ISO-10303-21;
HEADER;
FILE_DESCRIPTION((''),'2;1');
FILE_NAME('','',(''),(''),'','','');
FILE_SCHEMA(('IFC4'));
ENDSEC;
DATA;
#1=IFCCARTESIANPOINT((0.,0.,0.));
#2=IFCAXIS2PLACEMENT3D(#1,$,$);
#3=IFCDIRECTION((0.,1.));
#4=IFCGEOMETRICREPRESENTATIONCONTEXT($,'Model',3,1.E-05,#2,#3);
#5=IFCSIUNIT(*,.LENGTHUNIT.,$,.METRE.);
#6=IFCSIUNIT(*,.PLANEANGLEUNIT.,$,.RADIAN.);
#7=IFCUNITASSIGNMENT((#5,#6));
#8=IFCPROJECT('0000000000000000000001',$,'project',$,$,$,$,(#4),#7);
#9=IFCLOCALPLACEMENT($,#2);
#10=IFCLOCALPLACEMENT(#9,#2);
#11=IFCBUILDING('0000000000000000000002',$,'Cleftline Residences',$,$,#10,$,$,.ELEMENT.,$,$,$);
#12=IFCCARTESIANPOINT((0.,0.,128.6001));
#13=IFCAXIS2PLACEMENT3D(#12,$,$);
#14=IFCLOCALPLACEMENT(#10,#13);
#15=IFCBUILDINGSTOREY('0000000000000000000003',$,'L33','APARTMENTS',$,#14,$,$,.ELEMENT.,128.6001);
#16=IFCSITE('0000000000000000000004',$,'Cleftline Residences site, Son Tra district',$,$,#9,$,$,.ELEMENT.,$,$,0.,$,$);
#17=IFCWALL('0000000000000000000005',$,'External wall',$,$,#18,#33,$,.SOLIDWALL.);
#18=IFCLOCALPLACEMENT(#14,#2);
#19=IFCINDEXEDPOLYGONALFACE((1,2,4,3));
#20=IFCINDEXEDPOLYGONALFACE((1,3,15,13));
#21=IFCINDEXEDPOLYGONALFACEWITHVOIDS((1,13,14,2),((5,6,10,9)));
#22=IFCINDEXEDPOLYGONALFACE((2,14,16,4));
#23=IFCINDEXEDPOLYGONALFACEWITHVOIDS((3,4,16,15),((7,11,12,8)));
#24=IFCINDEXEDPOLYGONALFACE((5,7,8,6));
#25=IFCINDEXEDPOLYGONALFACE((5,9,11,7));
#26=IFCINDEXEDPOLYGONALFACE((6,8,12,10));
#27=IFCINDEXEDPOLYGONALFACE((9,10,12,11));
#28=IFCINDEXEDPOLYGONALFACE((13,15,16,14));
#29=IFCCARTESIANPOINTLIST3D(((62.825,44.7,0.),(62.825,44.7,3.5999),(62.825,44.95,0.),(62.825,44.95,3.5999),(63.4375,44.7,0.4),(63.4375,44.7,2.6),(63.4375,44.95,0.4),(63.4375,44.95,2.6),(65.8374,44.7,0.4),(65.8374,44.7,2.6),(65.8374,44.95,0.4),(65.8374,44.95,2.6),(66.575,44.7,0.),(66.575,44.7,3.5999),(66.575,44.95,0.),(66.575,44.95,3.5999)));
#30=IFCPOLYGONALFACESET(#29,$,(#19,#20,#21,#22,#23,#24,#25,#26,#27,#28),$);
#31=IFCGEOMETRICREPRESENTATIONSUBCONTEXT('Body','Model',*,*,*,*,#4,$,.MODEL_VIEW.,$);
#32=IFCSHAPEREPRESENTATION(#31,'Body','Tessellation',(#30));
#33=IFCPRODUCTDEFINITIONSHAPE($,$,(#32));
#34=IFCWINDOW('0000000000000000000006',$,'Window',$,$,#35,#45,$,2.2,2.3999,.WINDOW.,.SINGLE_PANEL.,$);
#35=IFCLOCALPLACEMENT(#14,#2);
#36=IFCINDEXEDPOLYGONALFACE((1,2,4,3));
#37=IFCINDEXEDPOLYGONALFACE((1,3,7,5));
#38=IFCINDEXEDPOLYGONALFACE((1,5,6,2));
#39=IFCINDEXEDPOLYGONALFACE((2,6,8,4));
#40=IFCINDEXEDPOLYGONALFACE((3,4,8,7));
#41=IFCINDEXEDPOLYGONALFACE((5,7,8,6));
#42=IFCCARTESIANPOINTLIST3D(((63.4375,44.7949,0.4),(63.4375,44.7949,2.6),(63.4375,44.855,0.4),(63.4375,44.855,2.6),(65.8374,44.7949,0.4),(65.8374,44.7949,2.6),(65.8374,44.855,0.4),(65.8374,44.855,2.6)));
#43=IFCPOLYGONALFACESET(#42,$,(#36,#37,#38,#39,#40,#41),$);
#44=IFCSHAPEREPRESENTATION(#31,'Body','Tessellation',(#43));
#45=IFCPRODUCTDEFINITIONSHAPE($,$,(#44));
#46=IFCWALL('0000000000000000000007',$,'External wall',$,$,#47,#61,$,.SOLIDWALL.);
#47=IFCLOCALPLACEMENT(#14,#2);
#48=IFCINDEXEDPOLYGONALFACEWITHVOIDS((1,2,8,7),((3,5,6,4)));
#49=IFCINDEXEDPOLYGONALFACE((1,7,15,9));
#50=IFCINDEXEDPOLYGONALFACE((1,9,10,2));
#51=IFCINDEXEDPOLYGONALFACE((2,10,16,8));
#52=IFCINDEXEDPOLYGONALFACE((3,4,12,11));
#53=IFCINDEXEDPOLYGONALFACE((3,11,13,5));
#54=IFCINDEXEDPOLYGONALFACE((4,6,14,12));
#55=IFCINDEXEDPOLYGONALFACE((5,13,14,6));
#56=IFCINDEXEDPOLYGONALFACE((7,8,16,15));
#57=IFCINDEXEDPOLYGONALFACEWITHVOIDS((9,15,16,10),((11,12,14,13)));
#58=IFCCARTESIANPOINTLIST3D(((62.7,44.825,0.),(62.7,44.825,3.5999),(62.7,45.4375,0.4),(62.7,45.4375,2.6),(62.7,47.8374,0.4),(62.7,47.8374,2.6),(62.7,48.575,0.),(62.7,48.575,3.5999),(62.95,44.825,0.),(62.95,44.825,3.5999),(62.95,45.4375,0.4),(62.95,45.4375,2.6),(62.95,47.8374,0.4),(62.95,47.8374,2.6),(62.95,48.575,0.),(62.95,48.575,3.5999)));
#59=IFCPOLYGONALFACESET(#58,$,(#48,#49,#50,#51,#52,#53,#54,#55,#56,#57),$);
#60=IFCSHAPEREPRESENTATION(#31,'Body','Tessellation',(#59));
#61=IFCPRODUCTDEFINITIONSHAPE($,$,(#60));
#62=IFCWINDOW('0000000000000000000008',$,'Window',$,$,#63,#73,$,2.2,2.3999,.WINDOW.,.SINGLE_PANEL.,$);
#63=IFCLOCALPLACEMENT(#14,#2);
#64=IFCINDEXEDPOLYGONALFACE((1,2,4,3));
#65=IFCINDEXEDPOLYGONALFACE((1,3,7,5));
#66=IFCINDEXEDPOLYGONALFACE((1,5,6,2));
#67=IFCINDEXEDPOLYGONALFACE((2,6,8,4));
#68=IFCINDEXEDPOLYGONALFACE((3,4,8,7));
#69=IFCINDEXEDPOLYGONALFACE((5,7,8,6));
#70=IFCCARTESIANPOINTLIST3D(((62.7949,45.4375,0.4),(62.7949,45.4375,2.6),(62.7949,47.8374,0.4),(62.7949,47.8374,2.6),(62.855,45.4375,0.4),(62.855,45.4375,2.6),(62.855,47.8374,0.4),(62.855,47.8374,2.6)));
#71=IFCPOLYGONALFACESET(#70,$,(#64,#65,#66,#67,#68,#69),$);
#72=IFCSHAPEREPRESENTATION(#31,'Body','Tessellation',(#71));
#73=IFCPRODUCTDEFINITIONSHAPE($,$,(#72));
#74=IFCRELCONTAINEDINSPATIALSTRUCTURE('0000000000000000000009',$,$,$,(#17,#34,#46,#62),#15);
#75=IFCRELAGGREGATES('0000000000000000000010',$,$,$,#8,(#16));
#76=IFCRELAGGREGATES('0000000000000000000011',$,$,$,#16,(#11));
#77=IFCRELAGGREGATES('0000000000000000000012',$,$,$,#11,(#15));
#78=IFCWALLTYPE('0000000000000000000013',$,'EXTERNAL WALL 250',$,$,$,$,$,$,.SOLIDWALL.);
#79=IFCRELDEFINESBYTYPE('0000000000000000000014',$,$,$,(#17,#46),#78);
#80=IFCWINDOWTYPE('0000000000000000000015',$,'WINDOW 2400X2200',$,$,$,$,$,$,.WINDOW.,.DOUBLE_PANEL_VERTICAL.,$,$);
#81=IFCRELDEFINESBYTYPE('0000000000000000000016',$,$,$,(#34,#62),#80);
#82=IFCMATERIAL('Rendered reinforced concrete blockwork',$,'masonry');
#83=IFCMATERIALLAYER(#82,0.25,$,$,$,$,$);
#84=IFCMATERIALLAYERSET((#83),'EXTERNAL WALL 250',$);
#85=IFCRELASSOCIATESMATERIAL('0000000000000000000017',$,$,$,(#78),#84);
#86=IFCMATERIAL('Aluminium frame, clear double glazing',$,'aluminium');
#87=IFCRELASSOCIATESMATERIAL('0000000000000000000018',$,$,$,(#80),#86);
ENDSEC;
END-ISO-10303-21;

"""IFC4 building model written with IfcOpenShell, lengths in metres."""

from ifc_helpers import new_model, si_unit, direction, frame, frame_2d, origin, place, context, subcontext, project, spatial, rectangle, extrude, material, layer, layer_set, type_object, element, fill, save


model = new_model("IFC4")

# Units and contexts
model_context = context("Model", 3, precision=1e-05, world=origin(), true_north=direction((0.0, 1.0)))
body_context = subcontext(model_context, "Body", "Model", "MODEL_VIEW")
ifc_project = project(units=[si_unit("LENGTHUNIT", "METRE"), si_unit("PLANEANGLEUNIT", "RADIAN")], contexts=[model_context])

# Site, building, storey
site_placement = place(None, origin())
site = spatial("IfcSite", under=ifc_project, at=site_placement, Name="Cleftline Residences site, Son Tra district", CompositionType="ELEMENT", RefElevation=0.0)
building_placement = place(site_placement, origin())
building = spatial("IfcBuilding", under=site, at=building_placement, Name="Cleftline Residences", CompositionType="ELEMENT")
storey_placement = place(building_placement, frame((0.0, 0.0, 128.6001)))
storey = spatial("IfcBuildingStorey", under=building, at=storey_placement, Name="L33", Description="APARTMENTS", CompositionType="ELEMENT", Elevation=128.6001)

# Walls, openings, windows
ifc_material_1 = material(Name="Rendered reinforced concrete blockwork", Category="masonry")
ifc_layer_1 = layer(ifc_material_1, 0.25)
ifc_layer_set_1 = layer_set([ifc_layer_1], Name="EXTERNAL WALL 250")
wall_type_1 = type_object("IfcWallType", Name="EXTERNAL WALL 250", PredefinedType="SOLIDWALL", material=ifc_layer_set_1)
wall_1_placement = place(storey_placement, frame((66.575, 44.825, 0.0), z_axis=(0.0, 0.0, 1.0), x_axis=(-1.0, 0.0, 0.0)))
wall_1 = element("IfcWall", 1, at=wall_1_placement, inside=storey, type_object=wall_type_1, Name="External wall", PredefinedType="SOLIDWALL", context=body_context, shape_type="SweptSolid", body=[
    extrude(rectangle(XDim=3.75, YDim=0.25, at=frame_2d((1.875, 0.0))), origin(), (0.0, 0.0, 1.0), 3.5999),
])
opening_1_placement = place(wall_1_placement, frame((0.7375, 0.0, 0.3999)))
opening_1 = element("IfcOpeningElement", 2, at=opening_1_placement, cuts=wall_1, PredefinedType="OPENING", context=body_context, shape_type="SweptSolid", body=[
    extrude(rectangle(XDim=2.3999, YDim=2.2, at=frame_2d((1.2, 1.1001))), frame((0.0, 0.135, 0.0), z_axis=(0.0, -1.0, 0.0), x_axis=(1.0, 0.0, 0.0)), (0.0, 0.0, 1.0), 0.27),
])
ifc_material_2 = material(Name="Aluminium frame, clear double glazing", Category="aluminium")
window_type_1 = type_object("IfcWindowType", Name="WINDOW 2400X2200", PartitioningType="DOUBLE_PANEL_VERTICAL", PredefinedType="WINDOW", material=ifc_material_2)
window_1_placement = place(opening_1_placement, origin())
window_1 = element("IfcWindow", 3, at=window_1_placement, inside=storey, type_object=window_type_1, Name="Window", OverallHeight=2.2, OverallWidth=2.3999, PartitioningType="SINGLE_PANEL", PredefinedType="WINDOW", context=body_context, shape_type="SweptSolid", body=[
    extrude(rectangle(XDim=2.3999, YDim=2.2, at=frame_2d((1.2, 1.1001))), frame((0.0, 0.03, 0.0), z_axis=(0.0, -1.0, 0.0), x_axis=(1.0, 0.0, 0.0)), (0.0, 0.0, 1.0), 0.0601),
])
fill(opening_1, window_1)
wall_2_placement = place(storey_placement, frame((62.825, 44.825, 0.0), z_axis=(0.0, 0.0, 1.0), x_axis=(0.0, 1.0, 0.0)))
wall_2 = element("IfcWall", 4, at=wall_2_placement, inside=storey, type_object=wall_type_1, Name="External wall", PredefinedType="SOLIDWALL", context=body_context, shape_type="SweptSolid", body=[
    extrude(rectangle(XDim=3.75, YDim=0.25, at=frame_2d((1.875, 0.0))), origin(), (0.0, 0.0, 1.0), 3.5999),
])
opening_2_placement = place(wall_2_placement, frame((0.6125, 0.0, 0.3999)))
opening_2 = element("IfcOpeningElement", 5, at=opening_2_placement, cuts=wall_2, PredefinedType="OPENING", context=body_context, shape_type="SweptSolid", body=[
    extrude(rectangle(XDim=2.3999, YDim=2.2, at=frame_2d((1.2, 1.1001))), frame((0.0, 0.135, 0.0), z_axis=(0.0, -1.0, 0.0), x_axis=(1.0, 0.0, 0.0)), (0.0, 0.0, 1.0), 0.27),
])
window_2_placement = place(opening_2_placement, origin())
window_2 = element("IfcWindow", 6, at=window_2_placement, inside=storey, type_object=window_type_1, Name="Window", OverallHeight=2.2, OverallWidth=2.3999, PartitioningType="SINGLE_PANEL", PredefinedType="WINDOW", context=body_context, shape_type="SweptSolid", body=[
    extrude(rectangle(XDim=2.3999, YDim=2.2, at=frame_2d((1.2, 1.1001))), frame((0.0, 0.03, 0.0), z_axis=(0.0, -1.0, 0.0), x_axis=(1.0, 0.0, 0.0)), (0.0, 0.0, 1.0), 0.0601),
])
fill(opening_2, window_2)

save(model, "model.ifc")
